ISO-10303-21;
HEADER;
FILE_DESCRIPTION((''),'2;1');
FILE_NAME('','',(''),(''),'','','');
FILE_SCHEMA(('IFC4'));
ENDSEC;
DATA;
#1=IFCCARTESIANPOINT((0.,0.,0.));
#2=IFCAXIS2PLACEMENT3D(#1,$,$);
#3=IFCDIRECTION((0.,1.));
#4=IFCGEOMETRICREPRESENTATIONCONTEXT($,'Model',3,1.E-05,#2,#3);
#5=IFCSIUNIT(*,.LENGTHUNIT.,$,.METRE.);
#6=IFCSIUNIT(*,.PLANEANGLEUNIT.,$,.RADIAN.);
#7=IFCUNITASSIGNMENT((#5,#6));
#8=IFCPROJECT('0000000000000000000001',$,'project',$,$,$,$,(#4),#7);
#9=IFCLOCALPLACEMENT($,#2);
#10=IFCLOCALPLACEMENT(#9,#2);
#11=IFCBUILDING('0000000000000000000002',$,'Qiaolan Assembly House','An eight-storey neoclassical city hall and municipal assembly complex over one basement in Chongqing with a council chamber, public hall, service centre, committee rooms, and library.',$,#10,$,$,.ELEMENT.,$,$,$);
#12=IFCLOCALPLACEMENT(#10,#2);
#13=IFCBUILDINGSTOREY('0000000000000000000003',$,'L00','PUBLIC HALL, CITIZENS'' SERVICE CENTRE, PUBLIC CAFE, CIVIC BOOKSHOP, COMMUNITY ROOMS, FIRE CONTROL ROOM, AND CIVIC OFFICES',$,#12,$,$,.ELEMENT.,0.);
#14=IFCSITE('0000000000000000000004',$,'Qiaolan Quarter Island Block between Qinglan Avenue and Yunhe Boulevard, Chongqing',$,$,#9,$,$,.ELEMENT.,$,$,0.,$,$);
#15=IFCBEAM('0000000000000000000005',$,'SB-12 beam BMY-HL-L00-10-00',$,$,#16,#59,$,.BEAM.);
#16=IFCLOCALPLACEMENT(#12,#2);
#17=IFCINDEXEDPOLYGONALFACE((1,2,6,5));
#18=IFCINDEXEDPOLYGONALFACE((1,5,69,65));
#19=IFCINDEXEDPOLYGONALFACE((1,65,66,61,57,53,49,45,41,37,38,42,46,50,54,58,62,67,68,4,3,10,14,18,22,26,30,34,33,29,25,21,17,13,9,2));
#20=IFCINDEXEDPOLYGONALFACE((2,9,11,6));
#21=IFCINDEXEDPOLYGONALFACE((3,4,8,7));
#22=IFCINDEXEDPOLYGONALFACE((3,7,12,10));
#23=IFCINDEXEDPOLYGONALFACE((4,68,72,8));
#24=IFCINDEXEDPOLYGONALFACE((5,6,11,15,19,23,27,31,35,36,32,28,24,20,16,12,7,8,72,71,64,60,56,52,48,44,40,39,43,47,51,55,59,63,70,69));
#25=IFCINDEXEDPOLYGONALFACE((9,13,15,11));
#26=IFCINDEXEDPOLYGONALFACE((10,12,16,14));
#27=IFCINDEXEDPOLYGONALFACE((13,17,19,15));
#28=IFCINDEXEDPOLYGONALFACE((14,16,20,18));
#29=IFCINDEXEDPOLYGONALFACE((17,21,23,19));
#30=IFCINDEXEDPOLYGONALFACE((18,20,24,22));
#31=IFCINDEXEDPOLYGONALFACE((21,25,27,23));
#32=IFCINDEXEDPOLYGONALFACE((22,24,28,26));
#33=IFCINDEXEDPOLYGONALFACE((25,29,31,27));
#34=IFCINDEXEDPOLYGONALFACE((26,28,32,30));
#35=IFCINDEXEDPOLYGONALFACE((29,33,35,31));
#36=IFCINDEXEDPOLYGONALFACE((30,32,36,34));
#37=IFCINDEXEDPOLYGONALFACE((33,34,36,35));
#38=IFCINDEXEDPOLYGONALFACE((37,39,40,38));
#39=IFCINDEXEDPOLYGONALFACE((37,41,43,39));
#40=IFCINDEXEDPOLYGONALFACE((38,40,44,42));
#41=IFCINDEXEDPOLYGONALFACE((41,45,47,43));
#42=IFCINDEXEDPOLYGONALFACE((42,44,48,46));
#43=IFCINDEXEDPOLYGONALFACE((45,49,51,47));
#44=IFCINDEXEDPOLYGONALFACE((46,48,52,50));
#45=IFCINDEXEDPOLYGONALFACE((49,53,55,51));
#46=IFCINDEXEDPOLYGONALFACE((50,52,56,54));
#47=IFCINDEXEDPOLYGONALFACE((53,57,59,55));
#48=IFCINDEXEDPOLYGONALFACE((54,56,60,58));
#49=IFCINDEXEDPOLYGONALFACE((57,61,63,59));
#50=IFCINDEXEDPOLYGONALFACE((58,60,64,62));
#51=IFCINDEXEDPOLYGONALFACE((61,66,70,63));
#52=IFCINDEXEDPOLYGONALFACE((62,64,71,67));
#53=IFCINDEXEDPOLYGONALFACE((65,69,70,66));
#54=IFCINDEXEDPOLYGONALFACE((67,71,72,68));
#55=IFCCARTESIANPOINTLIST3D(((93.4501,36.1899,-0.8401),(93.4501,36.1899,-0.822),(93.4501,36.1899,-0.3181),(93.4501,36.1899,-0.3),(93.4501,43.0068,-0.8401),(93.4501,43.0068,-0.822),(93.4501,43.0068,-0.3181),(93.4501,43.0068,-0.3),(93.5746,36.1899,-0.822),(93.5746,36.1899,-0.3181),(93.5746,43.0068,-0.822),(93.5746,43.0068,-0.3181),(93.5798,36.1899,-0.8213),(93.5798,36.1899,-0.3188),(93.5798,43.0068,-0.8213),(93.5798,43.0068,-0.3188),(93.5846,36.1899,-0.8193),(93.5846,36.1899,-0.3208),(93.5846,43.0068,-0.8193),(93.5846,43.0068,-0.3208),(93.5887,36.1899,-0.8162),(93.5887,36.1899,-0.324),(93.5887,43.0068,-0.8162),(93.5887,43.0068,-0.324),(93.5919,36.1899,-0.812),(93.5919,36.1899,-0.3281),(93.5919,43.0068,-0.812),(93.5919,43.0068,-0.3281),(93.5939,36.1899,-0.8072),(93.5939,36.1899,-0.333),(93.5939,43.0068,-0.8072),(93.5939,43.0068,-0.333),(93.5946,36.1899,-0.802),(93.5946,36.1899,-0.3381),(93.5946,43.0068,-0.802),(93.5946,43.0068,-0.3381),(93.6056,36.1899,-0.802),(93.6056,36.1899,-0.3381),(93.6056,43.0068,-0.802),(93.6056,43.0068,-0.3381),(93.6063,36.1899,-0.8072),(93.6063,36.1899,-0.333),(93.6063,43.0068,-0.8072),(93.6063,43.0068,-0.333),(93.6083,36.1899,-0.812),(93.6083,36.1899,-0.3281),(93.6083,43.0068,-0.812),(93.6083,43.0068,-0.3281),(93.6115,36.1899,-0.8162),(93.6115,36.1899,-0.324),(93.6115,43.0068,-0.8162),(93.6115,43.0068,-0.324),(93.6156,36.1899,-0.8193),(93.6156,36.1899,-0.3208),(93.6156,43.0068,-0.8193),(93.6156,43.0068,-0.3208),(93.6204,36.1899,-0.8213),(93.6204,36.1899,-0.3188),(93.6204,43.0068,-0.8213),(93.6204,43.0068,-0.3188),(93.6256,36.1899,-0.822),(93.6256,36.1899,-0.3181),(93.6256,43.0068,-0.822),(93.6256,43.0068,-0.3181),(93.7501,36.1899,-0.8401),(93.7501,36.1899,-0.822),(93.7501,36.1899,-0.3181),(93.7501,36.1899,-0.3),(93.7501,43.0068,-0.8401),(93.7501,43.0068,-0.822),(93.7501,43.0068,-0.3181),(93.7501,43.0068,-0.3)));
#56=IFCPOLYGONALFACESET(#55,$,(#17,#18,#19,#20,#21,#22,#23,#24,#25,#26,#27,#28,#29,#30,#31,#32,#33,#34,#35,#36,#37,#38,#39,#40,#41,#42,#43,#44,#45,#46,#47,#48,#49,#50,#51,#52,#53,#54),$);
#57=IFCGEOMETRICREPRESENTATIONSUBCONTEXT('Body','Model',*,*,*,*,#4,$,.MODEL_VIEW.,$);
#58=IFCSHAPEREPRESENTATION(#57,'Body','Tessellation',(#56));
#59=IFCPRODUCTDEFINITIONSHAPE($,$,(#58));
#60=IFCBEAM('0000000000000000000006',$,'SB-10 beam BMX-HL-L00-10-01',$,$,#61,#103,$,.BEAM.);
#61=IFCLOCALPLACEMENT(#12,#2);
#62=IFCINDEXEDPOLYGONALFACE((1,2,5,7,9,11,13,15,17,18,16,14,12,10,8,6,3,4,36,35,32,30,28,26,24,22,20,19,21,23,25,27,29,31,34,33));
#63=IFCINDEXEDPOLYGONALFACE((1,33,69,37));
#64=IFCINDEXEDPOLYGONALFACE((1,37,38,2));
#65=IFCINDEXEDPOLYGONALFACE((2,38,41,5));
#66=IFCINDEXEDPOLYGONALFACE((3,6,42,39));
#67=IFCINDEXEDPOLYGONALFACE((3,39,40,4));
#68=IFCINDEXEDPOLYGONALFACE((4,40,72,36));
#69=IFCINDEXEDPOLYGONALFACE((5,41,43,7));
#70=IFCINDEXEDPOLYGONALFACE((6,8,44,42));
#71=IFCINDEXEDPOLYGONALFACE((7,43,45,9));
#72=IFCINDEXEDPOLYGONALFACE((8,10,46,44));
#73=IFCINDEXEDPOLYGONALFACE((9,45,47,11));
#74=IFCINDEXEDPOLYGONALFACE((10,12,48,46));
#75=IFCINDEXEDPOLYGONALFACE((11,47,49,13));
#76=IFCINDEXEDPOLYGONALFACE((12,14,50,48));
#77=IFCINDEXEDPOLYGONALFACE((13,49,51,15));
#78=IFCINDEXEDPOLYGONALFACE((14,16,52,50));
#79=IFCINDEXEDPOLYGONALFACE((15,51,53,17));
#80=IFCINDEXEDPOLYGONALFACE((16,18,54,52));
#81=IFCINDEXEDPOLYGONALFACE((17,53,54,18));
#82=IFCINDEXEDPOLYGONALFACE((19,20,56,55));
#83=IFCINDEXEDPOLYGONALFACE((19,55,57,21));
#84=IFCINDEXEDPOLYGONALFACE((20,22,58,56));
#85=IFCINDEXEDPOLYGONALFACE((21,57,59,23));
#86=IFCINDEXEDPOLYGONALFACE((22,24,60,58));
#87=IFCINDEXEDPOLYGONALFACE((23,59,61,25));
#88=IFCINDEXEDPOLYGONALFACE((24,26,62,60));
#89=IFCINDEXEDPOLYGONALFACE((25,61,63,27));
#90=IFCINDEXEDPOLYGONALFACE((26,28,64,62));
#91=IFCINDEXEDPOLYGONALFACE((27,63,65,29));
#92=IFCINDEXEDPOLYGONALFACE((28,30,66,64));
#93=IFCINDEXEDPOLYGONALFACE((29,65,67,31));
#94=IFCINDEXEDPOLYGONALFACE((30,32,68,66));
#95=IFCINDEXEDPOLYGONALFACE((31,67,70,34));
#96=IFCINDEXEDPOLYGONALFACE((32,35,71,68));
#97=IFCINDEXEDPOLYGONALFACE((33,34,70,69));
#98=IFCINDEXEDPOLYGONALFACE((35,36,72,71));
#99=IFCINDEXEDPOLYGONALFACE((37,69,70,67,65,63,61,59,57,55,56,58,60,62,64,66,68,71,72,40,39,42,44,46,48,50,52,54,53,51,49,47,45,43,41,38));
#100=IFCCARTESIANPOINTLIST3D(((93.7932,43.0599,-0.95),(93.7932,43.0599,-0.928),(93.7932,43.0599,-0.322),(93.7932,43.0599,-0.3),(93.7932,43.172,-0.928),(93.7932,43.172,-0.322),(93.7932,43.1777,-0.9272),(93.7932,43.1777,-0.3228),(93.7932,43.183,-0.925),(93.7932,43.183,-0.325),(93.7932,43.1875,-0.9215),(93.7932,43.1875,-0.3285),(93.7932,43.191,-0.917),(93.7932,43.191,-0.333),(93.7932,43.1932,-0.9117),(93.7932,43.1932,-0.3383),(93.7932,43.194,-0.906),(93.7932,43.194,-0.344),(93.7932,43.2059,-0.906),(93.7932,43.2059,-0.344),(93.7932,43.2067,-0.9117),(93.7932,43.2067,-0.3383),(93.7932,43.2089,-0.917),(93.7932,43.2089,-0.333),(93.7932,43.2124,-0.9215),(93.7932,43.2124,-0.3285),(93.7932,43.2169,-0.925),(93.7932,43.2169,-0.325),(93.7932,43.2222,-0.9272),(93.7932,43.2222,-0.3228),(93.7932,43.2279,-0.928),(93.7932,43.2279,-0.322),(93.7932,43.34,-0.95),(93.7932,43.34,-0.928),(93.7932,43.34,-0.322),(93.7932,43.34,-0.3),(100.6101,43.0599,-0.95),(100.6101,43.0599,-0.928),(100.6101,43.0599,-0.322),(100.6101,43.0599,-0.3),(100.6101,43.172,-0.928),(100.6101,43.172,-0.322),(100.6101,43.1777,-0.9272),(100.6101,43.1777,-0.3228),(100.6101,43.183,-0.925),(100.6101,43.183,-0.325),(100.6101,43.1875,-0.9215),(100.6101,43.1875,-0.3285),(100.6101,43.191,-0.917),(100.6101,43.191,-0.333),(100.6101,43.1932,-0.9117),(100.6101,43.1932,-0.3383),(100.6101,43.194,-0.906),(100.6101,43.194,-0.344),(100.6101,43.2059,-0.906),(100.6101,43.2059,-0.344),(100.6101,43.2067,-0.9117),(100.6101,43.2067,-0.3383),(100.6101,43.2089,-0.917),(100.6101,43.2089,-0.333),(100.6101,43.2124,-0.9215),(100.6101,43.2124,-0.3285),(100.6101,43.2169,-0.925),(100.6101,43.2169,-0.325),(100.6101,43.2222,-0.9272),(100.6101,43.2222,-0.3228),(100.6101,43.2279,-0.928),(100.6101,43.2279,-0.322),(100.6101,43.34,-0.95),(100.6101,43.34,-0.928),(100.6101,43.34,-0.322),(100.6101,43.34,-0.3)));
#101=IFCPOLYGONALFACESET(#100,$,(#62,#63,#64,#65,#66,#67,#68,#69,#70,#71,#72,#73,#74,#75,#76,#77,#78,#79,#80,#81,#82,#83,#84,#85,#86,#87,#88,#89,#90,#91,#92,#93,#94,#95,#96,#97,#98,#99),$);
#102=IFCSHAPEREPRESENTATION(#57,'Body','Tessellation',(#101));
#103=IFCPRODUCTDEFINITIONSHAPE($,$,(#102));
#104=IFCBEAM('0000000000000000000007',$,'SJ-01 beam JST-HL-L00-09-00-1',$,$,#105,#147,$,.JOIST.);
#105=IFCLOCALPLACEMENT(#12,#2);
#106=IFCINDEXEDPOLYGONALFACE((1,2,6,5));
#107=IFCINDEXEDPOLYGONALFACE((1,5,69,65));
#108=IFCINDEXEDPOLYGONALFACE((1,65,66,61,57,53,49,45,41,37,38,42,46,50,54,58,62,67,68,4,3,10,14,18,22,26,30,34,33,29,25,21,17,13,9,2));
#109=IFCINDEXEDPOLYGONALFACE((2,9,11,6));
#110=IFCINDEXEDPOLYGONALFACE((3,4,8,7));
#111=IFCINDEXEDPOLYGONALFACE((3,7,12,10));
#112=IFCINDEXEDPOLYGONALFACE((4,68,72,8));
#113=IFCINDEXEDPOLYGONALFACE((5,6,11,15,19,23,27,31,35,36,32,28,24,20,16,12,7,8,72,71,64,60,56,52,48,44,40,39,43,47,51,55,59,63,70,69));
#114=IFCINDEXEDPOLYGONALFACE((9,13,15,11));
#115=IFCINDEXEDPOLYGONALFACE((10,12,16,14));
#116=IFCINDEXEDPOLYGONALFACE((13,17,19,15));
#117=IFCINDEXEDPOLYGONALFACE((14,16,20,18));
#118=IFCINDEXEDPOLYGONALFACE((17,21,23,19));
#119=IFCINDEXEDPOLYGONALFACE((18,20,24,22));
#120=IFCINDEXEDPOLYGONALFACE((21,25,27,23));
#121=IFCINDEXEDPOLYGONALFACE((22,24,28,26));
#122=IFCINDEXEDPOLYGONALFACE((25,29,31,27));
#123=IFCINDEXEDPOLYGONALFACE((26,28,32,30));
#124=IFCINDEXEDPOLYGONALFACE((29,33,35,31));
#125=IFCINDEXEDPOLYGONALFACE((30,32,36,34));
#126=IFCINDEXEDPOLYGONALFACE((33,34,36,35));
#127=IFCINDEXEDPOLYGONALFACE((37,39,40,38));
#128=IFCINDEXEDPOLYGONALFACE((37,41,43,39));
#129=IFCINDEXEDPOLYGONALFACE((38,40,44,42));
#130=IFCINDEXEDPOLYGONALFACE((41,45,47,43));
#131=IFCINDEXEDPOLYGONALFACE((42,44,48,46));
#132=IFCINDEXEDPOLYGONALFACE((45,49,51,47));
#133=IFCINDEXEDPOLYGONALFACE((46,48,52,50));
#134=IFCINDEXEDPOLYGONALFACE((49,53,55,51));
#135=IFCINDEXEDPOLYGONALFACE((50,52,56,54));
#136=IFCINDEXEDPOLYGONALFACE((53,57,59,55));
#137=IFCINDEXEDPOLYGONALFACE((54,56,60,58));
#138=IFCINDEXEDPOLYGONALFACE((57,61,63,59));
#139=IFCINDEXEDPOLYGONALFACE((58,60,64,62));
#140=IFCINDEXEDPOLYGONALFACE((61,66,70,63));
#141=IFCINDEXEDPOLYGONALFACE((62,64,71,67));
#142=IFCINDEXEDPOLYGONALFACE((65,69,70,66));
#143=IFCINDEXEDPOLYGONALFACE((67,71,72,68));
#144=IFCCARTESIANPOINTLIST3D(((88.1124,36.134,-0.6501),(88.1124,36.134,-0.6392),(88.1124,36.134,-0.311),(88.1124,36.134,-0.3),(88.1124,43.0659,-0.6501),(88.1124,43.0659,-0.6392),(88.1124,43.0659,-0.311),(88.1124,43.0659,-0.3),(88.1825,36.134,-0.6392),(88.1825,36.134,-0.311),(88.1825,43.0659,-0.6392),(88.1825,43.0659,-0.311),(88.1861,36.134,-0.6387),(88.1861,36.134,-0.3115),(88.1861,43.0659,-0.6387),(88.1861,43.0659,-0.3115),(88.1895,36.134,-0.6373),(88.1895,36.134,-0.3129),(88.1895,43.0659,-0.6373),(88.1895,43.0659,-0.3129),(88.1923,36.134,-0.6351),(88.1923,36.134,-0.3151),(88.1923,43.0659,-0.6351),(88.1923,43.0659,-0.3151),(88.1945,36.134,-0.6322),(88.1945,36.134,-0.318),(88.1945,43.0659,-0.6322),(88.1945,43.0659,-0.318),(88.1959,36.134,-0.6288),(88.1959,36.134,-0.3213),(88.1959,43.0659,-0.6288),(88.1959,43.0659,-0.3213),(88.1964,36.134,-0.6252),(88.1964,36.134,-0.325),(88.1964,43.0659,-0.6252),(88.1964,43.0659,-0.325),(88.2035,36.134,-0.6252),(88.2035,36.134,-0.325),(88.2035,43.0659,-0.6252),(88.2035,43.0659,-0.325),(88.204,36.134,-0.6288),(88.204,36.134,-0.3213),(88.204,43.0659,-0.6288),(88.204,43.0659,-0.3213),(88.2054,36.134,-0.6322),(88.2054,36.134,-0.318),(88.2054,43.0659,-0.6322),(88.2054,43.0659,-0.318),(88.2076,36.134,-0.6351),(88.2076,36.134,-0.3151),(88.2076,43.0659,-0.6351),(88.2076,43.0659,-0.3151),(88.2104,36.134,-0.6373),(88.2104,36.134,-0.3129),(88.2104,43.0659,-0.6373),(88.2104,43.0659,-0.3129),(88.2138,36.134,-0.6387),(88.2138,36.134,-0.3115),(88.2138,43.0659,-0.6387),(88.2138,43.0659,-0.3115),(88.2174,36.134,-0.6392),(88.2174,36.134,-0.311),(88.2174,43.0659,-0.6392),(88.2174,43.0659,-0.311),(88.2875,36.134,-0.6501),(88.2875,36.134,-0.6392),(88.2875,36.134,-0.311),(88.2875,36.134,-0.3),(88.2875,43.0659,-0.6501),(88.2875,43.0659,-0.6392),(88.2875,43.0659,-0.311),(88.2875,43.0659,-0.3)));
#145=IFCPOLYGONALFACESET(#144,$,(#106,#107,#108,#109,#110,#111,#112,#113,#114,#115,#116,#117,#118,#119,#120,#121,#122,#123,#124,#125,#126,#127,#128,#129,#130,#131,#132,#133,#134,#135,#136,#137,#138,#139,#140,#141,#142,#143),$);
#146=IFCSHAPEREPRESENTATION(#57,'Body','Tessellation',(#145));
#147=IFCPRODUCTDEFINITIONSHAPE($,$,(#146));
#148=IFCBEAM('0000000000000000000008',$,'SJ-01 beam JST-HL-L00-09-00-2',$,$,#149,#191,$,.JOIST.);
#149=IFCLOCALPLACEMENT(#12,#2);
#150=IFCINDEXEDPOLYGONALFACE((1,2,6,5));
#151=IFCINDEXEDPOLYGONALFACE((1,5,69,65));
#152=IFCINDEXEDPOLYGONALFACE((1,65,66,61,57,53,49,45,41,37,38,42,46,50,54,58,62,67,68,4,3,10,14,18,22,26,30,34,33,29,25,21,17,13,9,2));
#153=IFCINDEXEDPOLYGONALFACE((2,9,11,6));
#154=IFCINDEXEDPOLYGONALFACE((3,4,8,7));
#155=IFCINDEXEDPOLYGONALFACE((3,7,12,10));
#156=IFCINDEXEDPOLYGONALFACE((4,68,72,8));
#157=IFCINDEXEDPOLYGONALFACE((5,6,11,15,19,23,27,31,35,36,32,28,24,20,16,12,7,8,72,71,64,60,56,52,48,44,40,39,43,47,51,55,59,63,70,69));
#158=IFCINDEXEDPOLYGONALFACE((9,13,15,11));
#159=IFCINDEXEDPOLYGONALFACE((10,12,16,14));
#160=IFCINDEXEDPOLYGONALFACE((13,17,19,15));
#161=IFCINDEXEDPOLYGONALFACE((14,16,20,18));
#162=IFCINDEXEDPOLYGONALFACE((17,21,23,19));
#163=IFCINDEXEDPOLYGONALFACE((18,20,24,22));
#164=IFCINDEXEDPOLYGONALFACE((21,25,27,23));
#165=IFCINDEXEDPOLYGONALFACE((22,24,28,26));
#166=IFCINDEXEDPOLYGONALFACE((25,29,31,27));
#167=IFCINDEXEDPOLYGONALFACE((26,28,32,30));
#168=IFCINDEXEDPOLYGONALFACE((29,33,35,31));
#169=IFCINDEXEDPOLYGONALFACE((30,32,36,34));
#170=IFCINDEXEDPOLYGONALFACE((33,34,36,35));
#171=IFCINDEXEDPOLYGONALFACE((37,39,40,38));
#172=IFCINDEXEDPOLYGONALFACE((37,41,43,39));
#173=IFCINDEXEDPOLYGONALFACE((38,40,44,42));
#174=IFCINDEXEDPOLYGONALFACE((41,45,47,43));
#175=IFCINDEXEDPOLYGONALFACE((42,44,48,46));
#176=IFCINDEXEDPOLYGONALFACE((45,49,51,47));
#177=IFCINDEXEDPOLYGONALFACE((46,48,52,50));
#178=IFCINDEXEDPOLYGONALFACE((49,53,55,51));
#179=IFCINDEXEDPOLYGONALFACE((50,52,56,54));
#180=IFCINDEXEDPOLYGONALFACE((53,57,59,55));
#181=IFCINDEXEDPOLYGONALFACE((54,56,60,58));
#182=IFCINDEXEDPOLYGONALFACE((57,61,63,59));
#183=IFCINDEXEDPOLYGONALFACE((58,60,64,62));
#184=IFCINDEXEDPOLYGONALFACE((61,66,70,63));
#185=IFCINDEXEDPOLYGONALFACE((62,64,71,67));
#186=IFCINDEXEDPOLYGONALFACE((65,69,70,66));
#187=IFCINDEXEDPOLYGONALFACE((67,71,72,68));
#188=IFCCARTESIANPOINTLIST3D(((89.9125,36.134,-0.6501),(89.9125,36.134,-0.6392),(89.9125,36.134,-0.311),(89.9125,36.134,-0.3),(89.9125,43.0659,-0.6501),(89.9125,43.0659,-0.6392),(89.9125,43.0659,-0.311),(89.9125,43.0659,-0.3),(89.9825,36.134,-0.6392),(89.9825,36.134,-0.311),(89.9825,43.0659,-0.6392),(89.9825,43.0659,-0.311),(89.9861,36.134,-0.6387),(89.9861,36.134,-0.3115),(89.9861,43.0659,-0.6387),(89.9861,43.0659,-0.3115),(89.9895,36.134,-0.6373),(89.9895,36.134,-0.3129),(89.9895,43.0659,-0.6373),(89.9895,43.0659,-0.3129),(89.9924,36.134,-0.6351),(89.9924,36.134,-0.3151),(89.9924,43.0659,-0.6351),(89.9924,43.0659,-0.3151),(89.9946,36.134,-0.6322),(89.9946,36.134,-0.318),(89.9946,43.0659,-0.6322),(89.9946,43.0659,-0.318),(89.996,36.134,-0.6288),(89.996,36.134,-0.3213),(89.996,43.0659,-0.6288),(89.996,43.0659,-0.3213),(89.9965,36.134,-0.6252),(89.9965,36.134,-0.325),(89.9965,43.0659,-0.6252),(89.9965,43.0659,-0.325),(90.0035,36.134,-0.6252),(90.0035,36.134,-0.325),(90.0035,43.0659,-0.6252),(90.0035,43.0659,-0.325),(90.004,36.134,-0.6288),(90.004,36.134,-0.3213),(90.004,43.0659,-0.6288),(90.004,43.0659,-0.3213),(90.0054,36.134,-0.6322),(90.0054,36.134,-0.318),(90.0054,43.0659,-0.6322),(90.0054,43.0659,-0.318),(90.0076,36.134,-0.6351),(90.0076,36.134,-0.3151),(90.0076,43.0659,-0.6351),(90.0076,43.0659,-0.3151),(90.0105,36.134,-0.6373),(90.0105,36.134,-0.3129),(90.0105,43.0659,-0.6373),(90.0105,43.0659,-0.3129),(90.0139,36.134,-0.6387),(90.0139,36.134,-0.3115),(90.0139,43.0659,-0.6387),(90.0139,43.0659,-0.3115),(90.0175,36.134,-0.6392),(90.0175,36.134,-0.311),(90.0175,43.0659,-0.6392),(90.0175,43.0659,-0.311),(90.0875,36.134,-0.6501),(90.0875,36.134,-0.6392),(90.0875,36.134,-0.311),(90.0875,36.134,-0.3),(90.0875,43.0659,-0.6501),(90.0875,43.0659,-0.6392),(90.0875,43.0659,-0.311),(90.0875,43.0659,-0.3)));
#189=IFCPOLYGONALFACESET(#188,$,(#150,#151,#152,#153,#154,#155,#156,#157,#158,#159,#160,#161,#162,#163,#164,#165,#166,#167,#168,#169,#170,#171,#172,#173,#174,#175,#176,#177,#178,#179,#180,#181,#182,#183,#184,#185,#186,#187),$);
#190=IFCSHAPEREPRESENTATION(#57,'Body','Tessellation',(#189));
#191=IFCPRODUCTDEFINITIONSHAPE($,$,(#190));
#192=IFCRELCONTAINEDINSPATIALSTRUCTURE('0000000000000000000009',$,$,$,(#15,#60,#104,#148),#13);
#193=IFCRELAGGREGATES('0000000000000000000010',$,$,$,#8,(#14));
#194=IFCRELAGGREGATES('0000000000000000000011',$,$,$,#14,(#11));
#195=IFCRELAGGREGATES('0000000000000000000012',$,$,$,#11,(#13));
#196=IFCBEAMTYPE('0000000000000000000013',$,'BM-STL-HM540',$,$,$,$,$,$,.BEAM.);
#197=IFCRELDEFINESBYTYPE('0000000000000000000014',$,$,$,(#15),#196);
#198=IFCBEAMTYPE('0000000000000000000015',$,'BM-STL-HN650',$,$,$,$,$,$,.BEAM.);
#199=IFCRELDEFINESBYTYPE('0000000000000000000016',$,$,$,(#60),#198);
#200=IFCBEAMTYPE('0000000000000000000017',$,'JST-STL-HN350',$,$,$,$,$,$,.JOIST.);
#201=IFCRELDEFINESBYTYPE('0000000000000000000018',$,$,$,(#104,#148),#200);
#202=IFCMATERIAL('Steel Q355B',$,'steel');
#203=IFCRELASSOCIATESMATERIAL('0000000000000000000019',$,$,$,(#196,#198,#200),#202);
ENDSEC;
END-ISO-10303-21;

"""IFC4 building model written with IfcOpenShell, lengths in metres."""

from ifc_helpers import new_model, si_unit, direction, frame, origin, origin_2d, place, context, subcontext, project, spatial, i_section, extrude, material, material_profile, profile_set, type_object, element, save


model = new_model("IFC4")

# Units and contexts
model_context = context("Model", 3, precision=1e-05, world=origin(), true_north=direction((0.0, 1.0)))
body_context = subcontext(model_context, "Body", "Model", "MODEL_VIEW")
ifc_project = project(units=[si_unit("LENGTHUNIT", "METRE"), si_unit("PLANEANGLEUNIT", "RADIAN")], contexts=[model_context])

# Site, building, storey
site_placement = place(None, origin())
site = spatial("IfcSite", under=ifc_project, at=site_placement, Name="Qiaolan Quarter Island Block between Qinglan Avenue and Yunhe Boulevard, Chongqing", CompositionType="ELEMENT", RefElevation=0.0)
building_placement = place(site_placement, origin())
building = spatial("IfcBuilding", under=site, at=building_placement, Name="Qiaolan Assembly House", Description="An eight-storey neoclassical city hall and municipal assembly complex over one basement in Chongqing with a council chamber, public hall, service centre, committee rooms, and library.", CompositionType="ELEMENT")
storey_placement = place(building_placement, origin())
storey = spatial("IfcBuildingStorey", under=building, at=storey_placement, Name="L00", Description="PUBLIC HALL, CITIZENS' SERVICE CENTRE, PUBLIC CAFE, CIVIC BOOKSHOP, COMMUNITY ROOMS, FIRE CONTROL ROOM, AND CIVIC OFFICES", CompositionType="ELEMENT", Elevation=0.0)

# Shared definitions
ifc_material_1 = material(Name="Steel Q355B", Category="steel")

# Beams
ifc_material_profile_1 = material_profile(ifc_material_1, i_section(OverallWidth=0.3, OverallDepth=0.54, WebThickness=0.011, FlangeThickness=0.0181, FilletRadius=0.02, at=origin_2d()), Name="HM 540x300x11x18")
ifc_profile_set_1 = profile_set([ifc_material_profile_1], Name="Steel Q355B")
beam_type_1 = type_object("IfcBeamType", Name="BM-STL-HM540", PredefinedType="BEAM", material=ifc_profile_set_1)
beam_1_placement = place(storey_placement, frame((93.6001, 36.1899, -0.5701), z_axis=(0.0, 1.0, 0.0), x_axis=(-1.0, 0.0, 0.0)))
element("IfcBeam", 1, at=beam_1_placement, inside=storey, type_object=beam_type_1, Name="SB-12 beam BMY-HL-L00-10-00", PredefinedType="BEAM", context=body_context, shape_type="SweptSolid", body=[
    extrude(i_section(OverallWidth=0.3, OverallDepth=0.54, WebThickness=0.011, FlangeThickness=0.0181, FilletRadius=0.02, at=origin_2d()), origin(), (0.0, 0.0, 1.0), 6.8169),
])
ifc_material_profile_2 = material_profile(ifc_material_1, i_section(OverallWidth=0.28, OverallDepth=0.6499, WebThickness=0.012, FlangeThickness=0.022, FilletRadius=0.022, at=origin_2d()), Name="HN 650x280x12x22")
ifc_profile_set_2 = profile_set([ifc_material_profile_2], Name="Steel Q355B")
beam_type_2 = type_object("IfcBeamType", Name="BM-STL-HN650", PredefinedType="BEAM", material=ifc_profile_set_2)
beam_2_placement = place(storey_placement, frame((93.7932, 43.2, -0.625), z_axis=(1.0, 0.0, 0.0), x_axis=(0.0, 1.0, 0.0)))
element("IfcBeam", 2, at=beam_2_placement, inside=storey, type_object=beam_type_2, Name="SB-10 beam BMX-HL-L00-10-01", PredefinedType="BEAM", context=body_context, shape_type="SweptSolid", body=[
    extrude(i_section(OverallWidth=0.28, OverallDepth=0.6499, WebThickness=0.012, FlangeThickness=0.022, FilletRadius=0.022, at=origin_2d()), origin(), (0.0, 0.0, 1.0), 6.8169),
])
ifc_material_profile_3 = material_profile(ifc_material_1, i_section(OverallWidth=0.175, OverallDepth=0.3501, WebThickness=0.0071, FlangeThickness=0.011, FilletRadius=0.0139, at=origin_2d()), Name="HN 350x175x7x11")
ifc_profile_set_3 = profile_set([ifc_material_profile_3], Name="Steel Q355B")
beam_type_3 = type_object("IfcBeamType", Name="JST-STL-HN350", PredefinedType="JOIST", material=ifc_profile_set_3)
for number, where, z_axis, x_axis, name in (
    (3, (88.2, 36.134, -0.4751), (0.0, 1.0, 0.0), (-1.0, 0.0, 0.0), "SJ-01 beam JST-HL-L00-09-00-1"),
    (4, (90.0, 36.134, -0.4751), (0.0, 1.0, 0.0), (-1.0, 0.0, 0.0), "SJ-01 beam JST-HL-L00-09-00-2"),
):
    element("IfcBeam", number, at=place(storey_placement, frame(where, z_axis=z_axis, x_axis=x_axis)), inside=storey, type_object=beam_type_3, Name=name, PredefinedType="JOIST", context=body_context, shape_type="SweptSolid", body=[
        extrude(i_section(OverallWidth=0.175, OverallDepth=0.3501, WebThickness=0.0071, FlangeThickness=0.011, FilletRadius=0.0139, at=origin_2d()), origin(), (0.0, 0.0, 1.0), 6.9319),
    ])

save(model, "model.ifc")
